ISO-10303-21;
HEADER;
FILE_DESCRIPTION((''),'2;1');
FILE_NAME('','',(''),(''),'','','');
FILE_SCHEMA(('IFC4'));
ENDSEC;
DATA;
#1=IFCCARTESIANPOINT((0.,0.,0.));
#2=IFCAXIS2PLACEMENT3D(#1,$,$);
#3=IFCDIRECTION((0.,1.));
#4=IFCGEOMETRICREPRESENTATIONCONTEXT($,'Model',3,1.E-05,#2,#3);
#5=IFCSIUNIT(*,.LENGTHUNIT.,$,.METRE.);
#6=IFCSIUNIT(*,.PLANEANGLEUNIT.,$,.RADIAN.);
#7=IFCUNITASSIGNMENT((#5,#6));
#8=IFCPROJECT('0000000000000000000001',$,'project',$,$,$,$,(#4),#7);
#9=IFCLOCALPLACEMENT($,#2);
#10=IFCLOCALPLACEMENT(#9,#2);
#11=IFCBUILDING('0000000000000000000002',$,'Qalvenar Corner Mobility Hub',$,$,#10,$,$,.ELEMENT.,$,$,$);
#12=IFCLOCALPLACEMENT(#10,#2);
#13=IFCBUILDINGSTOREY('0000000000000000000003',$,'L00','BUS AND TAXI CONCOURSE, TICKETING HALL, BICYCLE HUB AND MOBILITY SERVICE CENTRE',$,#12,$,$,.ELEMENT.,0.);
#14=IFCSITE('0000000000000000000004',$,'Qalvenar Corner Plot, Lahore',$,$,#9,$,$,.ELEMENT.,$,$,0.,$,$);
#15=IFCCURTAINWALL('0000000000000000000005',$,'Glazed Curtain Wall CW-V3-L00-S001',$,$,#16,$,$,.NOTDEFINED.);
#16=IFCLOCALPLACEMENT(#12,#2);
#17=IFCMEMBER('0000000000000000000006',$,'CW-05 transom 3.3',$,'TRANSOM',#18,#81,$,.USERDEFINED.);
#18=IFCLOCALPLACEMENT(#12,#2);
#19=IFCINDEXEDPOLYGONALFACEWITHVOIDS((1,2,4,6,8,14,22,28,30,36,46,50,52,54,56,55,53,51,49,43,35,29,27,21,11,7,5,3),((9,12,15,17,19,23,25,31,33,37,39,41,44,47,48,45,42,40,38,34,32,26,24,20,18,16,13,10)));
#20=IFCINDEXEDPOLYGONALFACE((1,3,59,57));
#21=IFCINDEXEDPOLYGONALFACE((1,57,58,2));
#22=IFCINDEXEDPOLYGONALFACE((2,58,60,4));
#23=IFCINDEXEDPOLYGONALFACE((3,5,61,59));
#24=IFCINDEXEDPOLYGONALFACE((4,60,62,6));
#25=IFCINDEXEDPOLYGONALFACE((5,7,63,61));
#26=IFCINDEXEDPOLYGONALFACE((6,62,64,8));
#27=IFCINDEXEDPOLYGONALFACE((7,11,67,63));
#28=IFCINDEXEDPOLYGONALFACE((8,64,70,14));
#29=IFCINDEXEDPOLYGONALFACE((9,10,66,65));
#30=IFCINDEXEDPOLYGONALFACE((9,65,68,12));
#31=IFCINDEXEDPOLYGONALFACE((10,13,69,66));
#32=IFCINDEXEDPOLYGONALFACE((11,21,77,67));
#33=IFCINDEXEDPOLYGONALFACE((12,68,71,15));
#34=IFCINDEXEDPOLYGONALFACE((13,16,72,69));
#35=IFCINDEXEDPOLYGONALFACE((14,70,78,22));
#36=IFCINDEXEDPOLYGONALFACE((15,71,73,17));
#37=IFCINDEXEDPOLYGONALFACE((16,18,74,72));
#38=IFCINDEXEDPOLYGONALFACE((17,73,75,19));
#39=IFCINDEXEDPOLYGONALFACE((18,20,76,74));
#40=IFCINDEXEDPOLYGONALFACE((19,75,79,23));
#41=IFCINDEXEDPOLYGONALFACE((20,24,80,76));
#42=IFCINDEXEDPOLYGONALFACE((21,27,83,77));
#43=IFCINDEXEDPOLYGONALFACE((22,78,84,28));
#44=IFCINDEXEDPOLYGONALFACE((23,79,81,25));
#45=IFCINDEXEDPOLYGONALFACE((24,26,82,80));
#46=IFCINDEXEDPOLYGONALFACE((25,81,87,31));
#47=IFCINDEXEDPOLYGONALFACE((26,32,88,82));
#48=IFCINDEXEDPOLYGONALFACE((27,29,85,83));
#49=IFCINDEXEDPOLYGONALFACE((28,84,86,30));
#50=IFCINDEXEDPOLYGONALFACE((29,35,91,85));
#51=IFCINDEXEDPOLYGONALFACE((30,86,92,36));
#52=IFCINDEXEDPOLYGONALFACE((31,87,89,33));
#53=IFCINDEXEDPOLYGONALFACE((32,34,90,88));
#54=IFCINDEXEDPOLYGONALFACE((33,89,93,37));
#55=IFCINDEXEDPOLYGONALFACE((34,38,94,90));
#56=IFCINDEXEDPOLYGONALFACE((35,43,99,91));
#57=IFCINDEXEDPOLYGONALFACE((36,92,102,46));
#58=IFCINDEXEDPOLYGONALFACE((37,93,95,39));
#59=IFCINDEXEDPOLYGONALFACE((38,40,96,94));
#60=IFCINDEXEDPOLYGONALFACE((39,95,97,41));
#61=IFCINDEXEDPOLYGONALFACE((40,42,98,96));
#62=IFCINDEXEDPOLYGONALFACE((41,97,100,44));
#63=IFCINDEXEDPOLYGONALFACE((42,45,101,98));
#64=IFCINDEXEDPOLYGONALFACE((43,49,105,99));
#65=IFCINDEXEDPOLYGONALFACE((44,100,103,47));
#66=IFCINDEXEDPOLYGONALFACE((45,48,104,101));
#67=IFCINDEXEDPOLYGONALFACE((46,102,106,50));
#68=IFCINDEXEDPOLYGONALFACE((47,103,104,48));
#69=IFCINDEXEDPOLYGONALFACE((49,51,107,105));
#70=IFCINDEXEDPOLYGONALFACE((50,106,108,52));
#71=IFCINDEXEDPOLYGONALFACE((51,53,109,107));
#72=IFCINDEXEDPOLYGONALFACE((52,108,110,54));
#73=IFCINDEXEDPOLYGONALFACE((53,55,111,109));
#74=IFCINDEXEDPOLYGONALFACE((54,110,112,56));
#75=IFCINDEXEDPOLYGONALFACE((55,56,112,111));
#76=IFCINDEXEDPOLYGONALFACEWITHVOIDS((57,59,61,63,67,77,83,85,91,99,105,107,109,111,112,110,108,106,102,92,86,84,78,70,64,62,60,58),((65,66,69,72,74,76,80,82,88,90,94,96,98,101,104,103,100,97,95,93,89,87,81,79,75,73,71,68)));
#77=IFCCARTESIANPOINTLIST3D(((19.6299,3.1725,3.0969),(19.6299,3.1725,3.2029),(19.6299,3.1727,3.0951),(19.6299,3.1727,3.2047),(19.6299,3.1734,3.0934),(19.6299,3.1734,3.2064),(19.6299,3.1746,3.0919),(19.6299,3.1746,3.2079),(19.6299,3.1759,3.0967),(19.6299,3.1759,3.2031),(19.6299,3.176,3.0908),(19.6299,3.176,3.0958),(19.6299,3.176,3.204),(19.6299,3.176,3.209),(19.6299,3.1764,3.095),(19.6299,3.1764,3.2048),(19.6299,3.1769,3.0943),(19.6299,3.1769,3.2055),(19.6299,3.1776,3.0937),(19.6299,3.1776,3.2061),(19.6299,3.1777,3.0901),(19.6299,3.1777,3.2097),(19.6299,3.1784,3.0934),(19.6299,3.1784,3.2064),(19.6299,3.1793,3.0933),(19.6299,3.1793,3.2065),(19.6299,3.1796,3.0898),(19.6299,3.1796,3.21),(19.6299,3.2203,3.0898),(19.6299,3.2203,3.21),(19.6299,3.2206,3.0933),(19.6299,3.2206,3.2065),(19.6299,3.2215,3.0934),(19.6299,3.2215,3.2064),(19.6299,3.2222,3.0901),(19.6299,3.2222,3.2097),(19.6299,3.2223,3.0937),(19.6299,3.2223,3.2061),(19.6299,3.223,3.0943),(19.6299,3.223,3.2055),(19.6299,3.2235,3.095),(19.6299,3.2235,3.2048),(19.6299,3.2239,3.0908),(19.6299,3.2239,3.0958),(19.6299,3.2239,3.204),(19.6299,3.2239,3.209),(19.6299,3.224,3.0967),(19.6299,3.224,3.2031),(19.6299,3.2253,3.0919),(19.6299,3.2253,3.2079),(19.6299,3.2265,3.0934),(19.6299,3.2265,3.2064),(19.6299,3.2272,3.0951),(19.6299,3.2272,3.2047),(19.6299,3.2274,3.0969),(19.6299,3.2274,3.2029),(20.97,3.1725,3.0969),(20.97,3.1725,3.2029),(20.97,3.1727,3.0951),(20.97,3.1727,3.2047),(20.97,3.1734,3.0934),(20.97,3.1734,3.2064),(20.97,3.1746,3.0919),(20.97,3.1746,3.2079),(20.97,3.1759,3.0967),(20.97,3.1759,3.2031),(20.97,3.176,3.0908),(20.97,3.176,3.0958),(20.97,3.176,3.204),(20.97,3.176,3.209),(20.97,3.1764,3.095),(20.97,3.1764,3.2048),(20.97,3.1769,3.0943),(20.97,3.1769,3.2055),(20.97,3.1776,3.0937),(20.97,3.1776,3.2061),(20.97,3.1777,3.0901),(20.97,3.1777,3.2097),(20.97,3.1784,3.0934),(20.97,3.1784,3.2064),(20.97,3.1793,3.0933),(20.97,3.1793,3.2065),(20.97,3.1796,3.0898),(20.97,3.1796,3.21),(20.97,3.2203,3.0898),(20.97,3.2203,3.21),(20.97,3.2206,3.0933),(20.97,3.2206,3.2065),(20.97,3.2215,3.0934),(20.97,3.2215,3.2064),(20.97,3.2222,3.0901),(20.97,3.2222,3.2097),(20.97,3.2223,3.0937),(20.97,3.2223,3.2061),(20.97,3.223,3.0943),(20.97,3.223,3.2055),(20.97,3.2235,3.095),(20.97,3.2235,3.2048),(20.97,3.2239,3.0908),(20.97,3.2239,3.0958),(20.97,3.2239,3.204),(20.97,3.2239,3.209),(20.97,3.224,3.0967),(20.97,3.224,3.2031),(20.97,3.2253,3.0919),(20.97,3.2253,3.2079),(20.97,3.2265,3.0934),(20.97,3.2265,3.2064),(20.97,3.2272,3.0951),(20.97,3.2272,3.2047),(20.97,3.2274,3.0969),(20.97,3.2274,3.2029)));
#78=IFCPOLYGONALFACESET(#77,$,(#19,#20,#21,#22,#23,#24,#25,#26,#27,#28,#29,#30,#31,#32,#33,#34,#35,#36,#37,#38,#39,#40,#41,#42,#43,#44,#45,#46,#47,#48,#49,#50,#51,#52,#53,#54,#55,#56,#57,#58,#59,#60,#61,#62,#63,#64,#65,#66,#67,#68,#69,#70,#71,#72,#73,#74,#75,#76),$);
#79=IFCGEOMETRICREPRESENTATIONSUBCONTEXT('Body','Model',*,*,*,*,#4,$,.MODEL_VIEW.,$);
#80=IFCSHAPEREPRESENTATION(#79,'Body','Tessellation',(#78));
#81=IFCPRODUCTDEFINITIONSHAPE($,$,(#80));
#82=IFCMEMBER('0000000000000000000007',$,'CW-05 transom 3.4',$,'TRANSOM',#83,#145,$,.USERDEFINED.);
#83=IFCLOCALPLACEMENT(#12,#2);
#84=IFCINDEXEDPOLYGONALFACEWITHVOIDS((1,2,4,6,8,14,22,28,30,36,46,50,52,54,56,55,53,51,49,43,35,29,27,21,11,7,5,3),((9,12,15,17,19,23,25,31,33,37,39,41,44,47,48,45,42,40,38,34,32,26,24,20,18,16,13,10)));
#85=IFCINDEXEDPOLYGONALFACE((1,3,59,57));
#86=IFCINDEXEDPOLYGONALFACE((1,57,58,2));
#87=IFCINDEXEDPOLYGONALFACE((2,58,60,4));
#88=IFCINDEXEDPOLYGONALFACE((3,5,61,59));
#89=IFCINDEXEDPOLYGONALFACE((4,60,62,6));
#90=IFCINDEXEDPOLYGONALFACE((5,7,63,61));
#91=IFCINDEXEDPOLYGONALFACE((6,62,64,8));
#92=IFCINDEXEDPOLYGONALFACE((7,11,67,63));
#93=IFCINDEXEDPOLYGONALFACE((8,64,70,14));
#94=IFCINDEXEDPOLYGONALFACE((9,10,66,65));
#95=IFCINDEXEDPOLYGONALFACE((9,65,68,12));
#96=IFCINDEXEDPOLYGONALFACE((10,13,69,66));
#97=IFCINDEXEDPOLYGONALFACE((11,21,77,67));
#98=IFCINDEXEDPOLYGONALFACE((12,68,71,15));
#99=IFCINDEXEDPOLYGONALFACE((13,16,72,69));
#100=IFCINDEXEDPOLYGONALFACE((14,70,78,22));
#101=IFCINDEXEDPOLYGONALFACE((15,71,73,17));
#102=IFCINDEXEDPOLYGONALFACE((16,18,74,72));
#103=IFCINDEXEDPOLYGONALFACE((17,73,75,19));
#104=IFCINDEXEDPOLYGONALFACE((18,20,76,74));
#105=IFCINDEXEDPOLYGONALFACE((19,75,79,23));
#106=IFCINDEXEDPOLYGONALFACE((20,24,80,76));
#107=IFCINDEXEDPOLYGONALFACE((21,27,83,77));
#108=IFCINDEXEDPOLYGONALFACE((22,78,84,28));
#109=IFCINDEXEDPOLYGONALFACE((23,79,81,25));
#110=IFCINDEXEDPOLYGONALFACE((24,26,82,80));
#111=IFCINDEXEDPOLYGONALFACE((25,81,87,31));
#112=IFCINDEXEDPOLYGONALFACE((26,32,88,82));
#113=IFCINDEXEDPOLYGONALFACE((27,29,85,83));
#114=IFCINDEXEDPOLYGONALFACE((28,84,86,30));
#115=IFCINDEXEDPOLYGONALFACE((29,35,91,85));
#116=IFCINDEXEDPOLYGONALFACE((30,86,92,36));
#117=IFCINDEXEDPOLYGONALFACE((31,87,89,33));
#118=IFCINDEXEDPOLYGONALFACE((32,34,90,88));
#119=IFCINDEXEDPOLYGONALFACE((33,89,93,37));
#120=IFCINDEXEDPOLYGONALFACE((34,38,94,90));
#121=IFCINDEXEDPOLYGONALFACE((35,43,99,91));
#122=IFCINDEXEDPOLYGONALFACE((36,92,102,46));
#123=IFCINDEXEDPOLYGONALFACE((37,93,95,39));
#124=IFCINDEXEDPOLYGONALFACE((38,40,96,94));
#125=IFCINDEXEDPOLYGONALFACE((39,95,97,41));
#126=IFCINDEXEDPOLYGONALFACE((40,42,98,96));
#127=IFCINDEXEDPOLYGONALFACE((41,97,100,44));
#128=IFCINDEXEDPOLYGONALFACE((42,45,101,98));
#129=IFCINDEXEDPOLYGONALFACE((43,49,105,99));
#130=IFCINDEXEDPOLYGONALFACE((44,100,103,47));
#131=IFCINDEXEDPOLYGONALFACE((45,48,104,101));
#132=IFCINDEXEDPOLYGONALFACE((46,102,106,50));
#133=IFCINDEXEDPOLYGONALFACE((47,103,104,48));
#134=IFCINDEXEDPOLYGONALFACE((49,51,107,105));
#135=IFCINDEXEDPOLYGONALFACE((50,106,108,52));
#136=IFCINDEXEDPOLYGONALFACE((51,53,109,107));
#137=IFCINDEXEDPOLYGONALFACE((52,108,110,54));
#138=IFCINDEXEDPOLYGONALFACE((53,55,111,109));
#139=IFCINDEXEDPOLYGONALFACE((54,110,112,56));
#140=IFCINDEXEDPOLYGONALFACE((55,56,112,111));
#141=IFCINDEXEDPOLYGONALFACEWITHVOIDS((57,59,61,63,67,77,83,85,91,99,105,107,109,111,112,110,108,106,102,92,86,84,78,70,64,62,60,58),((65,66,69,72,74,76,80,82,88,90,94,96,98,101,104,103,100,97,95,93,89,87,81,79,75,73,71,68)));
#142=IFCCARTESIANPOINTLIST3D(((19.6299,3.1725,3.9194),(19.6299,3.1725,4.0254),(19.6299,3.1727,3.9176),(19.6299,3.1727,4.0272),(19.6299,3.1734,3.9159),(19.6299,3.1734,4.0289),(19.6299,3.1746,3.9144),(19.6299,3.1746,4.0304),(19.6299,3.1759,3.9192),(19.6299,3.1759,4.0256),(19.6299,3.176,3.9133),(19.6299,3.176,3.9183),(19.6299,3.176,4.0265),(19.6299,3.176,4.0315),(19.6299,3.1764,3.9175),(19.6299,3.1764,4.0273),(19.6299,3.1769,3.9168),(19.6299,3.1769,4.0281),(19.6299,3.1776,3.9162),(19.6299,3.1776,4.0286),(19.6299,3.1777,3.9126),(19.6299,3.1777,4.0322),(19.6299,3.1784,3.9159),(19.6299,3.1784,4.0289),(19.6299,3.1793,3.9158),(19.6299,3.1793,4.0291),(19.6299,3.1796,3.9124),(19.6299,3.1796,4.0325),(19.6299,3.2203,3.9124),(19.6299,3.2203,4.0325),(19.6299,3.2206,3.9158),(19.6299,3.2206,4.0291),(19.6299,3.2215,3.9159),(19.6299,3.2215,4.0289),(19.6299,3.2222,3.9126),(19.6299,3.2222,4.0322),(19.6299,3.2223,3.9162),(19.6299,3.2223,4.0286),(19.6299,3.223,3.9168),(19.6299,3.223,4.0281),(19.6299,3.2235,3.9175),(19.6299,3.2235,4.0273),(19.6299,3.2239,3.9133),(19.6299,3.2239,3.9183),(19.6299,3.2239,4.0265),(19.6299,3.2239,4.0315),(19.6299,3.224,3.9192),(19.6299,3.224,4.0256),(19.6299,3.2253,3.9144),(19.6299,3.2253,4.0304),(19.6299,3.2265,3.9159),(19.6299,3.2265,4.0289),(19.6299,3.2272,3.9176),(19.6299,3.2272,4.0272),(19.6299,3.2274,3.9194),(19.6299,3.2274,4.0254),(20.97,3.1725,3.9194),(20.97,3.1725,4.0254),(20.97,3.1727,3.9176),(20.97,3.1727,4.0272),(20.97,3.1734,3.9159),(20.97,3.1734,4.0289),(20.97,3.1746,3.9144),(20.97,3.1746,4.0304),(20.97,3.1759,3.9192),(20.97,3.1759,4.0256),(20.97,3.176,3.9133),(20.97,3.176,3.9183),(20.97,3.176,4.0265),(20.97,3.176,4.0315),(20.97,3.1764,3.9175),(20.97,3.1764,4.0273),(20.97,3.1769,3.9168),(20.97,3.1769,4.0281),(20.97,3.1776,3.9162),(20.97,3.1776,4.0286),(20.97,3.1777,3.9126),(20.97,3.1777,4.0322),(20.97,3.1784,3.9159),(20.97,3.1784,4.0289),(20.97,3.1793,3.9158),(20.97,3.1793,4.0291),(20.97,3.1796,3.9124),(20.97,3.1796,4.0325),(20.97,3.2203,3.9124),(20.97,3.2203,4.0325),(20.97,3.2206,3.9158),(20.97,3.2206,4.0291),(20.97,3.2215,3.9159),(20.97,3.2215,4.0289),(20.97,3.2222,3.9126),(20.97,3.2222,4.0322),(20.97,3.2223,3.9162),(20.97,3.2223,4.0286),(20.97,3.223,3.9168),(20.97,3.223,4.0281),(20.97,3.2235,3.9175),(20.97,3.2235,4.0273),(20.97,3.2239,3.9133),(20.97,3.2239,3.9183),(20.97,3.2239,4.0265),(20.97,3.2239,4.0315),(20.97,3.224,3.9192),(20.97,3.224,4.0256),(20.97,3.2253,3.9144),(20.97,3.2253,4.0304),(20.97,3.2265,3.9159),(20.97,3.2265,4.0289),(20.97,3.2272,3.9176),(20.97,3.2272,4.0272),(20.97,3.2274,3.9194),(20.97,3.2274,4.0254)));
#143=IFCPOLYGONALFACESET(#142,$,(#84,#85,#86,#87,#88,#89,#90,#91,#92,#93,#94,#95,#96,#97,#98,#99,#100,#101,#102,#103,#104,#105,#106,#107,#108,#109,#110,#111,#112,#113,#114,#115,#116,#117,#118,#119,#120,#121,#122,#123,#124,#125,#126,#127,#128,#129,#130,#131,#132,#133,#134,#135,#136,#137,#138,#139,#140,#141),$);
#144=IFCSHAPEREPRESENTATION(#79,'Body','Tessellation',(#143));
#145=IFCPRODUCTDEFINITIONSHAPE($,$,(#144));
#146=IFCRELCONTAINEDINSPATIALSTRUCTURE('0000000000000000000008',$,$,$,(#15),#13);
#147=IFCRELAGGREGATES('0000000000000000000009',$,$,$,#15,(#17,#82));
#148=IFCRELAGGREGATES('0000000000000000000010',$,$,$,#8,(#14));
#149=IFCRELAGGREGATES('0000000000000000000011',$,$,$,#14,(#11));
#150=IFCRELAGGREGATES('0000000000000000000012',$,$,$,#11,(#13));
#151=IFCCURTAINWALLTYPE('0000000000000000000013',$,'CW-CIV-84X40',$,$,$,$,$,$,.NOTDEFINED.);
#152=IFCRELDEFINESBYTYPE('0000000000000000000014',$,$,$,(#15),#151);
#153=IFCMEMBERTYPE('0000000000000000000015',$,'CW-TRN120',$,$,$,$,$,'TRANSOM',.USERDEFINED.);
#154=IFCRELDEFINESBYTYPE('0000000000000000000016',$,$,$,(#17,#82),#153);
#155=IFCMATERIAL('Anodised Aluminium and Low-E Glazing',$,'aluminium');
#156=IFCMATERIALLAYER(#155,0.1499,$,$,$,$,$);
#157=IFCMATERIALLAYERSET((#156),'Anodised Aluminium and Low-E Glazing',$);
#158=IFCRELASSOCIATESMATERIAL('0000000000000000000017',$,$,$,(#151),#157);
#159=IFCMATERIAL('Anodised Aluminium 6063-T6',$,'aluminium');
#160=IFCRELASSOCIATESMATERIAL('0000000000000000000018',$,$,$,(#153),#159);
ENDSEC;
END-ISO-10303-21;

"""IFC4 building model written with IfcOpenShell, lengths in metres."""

from ifc_helpers import new_model, si_unit, direction, frame, origin, origin_2d, place, context, subcontext, project, spatial, hollow_rectangle, extrude, material, layer, layer_set, material_profile, profile_set, type_object, element, aggregate, save


model = new_model("IFC4")

# Units and contexts
model_context = context("Model", 3, precision=1e-05, world=origin(), true_north=direction((0.0, 1.0)))
body_context = subcontext(model_context, "Body", "Model", "MODEL_VIEW")
ifc_project = project(units=[si_unit("LENGTHUNIT", "METRE"), si_unit("PLANEANGLEUNIT", "RADIAN")], contexts=[model_context])

# Site, building, storey
site_placement = place(None, origin())
site = spatial("IfcSite", under=ifc_project, at=site_placement, Name="Qalvenar Corner Plot, Lahore", CompositionType="ELEMENT", RefElevation=0.0)
building_placement = place(site_placement, origin())
building = spatial("IfcBuilding", under=site, at=building_placement, Name="Qalvenar Corner Mobility Hub", CompositionType="ELEMENT")
storey_placement = place(building_placement, origin())
storey = spatial("IfcBuildingStorey", under=building, at=storey_placement, Name="L00", Description="BUS AND TAXI CONCOURSE, TICKETING HALL, BICYCLE HUB AND MOBILITY SERVICE CENTRE", CompositionType="ELEMENT", Elevation=0.0)

# Curtain wall, members
ifc_material_1 = material(Name="Anodised Aluminium and Low-E Glazing", Category="aluminium")
ifc_layer_1 = layer(ifc_material_1, 0.1499)
ifc_layer_set_1 = layer_set([ifc_layer_1], Name="Anodised Aluminium and Low-E Glazing")
curtain_wall_type = type_object("IfcCurtainWallType", Name="CW-CIV-84X40", PredefinedType="NOTDEFINED", material=ifc_layer_set_1)
curtain_wall_placement = place(storey_placement, origin())
curtain_wall = element("IfcCurtainWall", 1, at=curtain_wall_placement, inside=storey, type_object=curtain_wall_type, Name="Glazed Curtain Wall CW-V3-L00-S001", PredefinedType="NOTDEFINED")
ifc_material_2 = material(Name="Anodised Aluminium 6063-T6", Category="aluminium")
ifc_material_profile_1 = material_profile(ifc_material_2, hollow_rectangle(XDim=0.0549, YDim=0.1201, WallThickness=0.0034, InnerFilletRadius=0.0034, OuterFilletRadius=0.0071, at=origin_2d()), Name="RHS120x55x3.5")
ifc_profile_set_1 = profile_set([ifc_material_profile_1], Name="Anodised Aluminium 6063-T6")
member_type_1 = type_object("IfcMemberType", Name="CW-TRN120", ElementType="TRANSOM", PredefinedType="USERDEFINED", material=ifc_profile_set_1)
member_1_placement = place(storey_placement, frame((19.6299, 3.2, 3.1499), z_axis=(1.0, 0.0, 0.0), x_axis=(0.0, 1.0, 0.0)))
member_1 = element("IfcMember", 2, at=member_1_placement, type_object=member_type_1, Name="CW-05 transom 3.3", ObjectType="TRANSOM", PredefinedType="USERDEFINED", context=body_context, shape_type="SweptSolid", body=[
    extrude(hollow_rectangle(XDim=0.0549, YDim=0.1201, WallThickness=0.0034, InnerFilletRadius=0.0034, OuterFilletRadius=0.0071, at=origin_2d()), origin(), (0.0, 0.0, 1.0), 1.3401),
])
member_2_placement = place(storey_placement, frame((19.6299, 3.2, 3.9724), z_axis=(1.0, 0.0, 0.0), x_axis=(0.0, 1.0, 0.0)))
member_2 = element("IfcMember", 3, at=member_2_placement, type_object=member_type_1, Name="CW-05 transom 3.4", ObjectType="TRANSOM", PredefinedType="USERDEFINED", context=body_context, shape_type="SweptSolid", body=[
    extrude(hollow_rectangle(XDim=0.0549, YDim=0.1201, WallThickness=0.0034, InnerFilletRadius=0.0034, OuterFilletRadius=0.0071, at=origin_2d()), origin(), (0.0, 0.0, 1.0), 1.3401),
])
aggregate(curtain_wall, [member_1, member_2])

save(model, "model.ifc")
